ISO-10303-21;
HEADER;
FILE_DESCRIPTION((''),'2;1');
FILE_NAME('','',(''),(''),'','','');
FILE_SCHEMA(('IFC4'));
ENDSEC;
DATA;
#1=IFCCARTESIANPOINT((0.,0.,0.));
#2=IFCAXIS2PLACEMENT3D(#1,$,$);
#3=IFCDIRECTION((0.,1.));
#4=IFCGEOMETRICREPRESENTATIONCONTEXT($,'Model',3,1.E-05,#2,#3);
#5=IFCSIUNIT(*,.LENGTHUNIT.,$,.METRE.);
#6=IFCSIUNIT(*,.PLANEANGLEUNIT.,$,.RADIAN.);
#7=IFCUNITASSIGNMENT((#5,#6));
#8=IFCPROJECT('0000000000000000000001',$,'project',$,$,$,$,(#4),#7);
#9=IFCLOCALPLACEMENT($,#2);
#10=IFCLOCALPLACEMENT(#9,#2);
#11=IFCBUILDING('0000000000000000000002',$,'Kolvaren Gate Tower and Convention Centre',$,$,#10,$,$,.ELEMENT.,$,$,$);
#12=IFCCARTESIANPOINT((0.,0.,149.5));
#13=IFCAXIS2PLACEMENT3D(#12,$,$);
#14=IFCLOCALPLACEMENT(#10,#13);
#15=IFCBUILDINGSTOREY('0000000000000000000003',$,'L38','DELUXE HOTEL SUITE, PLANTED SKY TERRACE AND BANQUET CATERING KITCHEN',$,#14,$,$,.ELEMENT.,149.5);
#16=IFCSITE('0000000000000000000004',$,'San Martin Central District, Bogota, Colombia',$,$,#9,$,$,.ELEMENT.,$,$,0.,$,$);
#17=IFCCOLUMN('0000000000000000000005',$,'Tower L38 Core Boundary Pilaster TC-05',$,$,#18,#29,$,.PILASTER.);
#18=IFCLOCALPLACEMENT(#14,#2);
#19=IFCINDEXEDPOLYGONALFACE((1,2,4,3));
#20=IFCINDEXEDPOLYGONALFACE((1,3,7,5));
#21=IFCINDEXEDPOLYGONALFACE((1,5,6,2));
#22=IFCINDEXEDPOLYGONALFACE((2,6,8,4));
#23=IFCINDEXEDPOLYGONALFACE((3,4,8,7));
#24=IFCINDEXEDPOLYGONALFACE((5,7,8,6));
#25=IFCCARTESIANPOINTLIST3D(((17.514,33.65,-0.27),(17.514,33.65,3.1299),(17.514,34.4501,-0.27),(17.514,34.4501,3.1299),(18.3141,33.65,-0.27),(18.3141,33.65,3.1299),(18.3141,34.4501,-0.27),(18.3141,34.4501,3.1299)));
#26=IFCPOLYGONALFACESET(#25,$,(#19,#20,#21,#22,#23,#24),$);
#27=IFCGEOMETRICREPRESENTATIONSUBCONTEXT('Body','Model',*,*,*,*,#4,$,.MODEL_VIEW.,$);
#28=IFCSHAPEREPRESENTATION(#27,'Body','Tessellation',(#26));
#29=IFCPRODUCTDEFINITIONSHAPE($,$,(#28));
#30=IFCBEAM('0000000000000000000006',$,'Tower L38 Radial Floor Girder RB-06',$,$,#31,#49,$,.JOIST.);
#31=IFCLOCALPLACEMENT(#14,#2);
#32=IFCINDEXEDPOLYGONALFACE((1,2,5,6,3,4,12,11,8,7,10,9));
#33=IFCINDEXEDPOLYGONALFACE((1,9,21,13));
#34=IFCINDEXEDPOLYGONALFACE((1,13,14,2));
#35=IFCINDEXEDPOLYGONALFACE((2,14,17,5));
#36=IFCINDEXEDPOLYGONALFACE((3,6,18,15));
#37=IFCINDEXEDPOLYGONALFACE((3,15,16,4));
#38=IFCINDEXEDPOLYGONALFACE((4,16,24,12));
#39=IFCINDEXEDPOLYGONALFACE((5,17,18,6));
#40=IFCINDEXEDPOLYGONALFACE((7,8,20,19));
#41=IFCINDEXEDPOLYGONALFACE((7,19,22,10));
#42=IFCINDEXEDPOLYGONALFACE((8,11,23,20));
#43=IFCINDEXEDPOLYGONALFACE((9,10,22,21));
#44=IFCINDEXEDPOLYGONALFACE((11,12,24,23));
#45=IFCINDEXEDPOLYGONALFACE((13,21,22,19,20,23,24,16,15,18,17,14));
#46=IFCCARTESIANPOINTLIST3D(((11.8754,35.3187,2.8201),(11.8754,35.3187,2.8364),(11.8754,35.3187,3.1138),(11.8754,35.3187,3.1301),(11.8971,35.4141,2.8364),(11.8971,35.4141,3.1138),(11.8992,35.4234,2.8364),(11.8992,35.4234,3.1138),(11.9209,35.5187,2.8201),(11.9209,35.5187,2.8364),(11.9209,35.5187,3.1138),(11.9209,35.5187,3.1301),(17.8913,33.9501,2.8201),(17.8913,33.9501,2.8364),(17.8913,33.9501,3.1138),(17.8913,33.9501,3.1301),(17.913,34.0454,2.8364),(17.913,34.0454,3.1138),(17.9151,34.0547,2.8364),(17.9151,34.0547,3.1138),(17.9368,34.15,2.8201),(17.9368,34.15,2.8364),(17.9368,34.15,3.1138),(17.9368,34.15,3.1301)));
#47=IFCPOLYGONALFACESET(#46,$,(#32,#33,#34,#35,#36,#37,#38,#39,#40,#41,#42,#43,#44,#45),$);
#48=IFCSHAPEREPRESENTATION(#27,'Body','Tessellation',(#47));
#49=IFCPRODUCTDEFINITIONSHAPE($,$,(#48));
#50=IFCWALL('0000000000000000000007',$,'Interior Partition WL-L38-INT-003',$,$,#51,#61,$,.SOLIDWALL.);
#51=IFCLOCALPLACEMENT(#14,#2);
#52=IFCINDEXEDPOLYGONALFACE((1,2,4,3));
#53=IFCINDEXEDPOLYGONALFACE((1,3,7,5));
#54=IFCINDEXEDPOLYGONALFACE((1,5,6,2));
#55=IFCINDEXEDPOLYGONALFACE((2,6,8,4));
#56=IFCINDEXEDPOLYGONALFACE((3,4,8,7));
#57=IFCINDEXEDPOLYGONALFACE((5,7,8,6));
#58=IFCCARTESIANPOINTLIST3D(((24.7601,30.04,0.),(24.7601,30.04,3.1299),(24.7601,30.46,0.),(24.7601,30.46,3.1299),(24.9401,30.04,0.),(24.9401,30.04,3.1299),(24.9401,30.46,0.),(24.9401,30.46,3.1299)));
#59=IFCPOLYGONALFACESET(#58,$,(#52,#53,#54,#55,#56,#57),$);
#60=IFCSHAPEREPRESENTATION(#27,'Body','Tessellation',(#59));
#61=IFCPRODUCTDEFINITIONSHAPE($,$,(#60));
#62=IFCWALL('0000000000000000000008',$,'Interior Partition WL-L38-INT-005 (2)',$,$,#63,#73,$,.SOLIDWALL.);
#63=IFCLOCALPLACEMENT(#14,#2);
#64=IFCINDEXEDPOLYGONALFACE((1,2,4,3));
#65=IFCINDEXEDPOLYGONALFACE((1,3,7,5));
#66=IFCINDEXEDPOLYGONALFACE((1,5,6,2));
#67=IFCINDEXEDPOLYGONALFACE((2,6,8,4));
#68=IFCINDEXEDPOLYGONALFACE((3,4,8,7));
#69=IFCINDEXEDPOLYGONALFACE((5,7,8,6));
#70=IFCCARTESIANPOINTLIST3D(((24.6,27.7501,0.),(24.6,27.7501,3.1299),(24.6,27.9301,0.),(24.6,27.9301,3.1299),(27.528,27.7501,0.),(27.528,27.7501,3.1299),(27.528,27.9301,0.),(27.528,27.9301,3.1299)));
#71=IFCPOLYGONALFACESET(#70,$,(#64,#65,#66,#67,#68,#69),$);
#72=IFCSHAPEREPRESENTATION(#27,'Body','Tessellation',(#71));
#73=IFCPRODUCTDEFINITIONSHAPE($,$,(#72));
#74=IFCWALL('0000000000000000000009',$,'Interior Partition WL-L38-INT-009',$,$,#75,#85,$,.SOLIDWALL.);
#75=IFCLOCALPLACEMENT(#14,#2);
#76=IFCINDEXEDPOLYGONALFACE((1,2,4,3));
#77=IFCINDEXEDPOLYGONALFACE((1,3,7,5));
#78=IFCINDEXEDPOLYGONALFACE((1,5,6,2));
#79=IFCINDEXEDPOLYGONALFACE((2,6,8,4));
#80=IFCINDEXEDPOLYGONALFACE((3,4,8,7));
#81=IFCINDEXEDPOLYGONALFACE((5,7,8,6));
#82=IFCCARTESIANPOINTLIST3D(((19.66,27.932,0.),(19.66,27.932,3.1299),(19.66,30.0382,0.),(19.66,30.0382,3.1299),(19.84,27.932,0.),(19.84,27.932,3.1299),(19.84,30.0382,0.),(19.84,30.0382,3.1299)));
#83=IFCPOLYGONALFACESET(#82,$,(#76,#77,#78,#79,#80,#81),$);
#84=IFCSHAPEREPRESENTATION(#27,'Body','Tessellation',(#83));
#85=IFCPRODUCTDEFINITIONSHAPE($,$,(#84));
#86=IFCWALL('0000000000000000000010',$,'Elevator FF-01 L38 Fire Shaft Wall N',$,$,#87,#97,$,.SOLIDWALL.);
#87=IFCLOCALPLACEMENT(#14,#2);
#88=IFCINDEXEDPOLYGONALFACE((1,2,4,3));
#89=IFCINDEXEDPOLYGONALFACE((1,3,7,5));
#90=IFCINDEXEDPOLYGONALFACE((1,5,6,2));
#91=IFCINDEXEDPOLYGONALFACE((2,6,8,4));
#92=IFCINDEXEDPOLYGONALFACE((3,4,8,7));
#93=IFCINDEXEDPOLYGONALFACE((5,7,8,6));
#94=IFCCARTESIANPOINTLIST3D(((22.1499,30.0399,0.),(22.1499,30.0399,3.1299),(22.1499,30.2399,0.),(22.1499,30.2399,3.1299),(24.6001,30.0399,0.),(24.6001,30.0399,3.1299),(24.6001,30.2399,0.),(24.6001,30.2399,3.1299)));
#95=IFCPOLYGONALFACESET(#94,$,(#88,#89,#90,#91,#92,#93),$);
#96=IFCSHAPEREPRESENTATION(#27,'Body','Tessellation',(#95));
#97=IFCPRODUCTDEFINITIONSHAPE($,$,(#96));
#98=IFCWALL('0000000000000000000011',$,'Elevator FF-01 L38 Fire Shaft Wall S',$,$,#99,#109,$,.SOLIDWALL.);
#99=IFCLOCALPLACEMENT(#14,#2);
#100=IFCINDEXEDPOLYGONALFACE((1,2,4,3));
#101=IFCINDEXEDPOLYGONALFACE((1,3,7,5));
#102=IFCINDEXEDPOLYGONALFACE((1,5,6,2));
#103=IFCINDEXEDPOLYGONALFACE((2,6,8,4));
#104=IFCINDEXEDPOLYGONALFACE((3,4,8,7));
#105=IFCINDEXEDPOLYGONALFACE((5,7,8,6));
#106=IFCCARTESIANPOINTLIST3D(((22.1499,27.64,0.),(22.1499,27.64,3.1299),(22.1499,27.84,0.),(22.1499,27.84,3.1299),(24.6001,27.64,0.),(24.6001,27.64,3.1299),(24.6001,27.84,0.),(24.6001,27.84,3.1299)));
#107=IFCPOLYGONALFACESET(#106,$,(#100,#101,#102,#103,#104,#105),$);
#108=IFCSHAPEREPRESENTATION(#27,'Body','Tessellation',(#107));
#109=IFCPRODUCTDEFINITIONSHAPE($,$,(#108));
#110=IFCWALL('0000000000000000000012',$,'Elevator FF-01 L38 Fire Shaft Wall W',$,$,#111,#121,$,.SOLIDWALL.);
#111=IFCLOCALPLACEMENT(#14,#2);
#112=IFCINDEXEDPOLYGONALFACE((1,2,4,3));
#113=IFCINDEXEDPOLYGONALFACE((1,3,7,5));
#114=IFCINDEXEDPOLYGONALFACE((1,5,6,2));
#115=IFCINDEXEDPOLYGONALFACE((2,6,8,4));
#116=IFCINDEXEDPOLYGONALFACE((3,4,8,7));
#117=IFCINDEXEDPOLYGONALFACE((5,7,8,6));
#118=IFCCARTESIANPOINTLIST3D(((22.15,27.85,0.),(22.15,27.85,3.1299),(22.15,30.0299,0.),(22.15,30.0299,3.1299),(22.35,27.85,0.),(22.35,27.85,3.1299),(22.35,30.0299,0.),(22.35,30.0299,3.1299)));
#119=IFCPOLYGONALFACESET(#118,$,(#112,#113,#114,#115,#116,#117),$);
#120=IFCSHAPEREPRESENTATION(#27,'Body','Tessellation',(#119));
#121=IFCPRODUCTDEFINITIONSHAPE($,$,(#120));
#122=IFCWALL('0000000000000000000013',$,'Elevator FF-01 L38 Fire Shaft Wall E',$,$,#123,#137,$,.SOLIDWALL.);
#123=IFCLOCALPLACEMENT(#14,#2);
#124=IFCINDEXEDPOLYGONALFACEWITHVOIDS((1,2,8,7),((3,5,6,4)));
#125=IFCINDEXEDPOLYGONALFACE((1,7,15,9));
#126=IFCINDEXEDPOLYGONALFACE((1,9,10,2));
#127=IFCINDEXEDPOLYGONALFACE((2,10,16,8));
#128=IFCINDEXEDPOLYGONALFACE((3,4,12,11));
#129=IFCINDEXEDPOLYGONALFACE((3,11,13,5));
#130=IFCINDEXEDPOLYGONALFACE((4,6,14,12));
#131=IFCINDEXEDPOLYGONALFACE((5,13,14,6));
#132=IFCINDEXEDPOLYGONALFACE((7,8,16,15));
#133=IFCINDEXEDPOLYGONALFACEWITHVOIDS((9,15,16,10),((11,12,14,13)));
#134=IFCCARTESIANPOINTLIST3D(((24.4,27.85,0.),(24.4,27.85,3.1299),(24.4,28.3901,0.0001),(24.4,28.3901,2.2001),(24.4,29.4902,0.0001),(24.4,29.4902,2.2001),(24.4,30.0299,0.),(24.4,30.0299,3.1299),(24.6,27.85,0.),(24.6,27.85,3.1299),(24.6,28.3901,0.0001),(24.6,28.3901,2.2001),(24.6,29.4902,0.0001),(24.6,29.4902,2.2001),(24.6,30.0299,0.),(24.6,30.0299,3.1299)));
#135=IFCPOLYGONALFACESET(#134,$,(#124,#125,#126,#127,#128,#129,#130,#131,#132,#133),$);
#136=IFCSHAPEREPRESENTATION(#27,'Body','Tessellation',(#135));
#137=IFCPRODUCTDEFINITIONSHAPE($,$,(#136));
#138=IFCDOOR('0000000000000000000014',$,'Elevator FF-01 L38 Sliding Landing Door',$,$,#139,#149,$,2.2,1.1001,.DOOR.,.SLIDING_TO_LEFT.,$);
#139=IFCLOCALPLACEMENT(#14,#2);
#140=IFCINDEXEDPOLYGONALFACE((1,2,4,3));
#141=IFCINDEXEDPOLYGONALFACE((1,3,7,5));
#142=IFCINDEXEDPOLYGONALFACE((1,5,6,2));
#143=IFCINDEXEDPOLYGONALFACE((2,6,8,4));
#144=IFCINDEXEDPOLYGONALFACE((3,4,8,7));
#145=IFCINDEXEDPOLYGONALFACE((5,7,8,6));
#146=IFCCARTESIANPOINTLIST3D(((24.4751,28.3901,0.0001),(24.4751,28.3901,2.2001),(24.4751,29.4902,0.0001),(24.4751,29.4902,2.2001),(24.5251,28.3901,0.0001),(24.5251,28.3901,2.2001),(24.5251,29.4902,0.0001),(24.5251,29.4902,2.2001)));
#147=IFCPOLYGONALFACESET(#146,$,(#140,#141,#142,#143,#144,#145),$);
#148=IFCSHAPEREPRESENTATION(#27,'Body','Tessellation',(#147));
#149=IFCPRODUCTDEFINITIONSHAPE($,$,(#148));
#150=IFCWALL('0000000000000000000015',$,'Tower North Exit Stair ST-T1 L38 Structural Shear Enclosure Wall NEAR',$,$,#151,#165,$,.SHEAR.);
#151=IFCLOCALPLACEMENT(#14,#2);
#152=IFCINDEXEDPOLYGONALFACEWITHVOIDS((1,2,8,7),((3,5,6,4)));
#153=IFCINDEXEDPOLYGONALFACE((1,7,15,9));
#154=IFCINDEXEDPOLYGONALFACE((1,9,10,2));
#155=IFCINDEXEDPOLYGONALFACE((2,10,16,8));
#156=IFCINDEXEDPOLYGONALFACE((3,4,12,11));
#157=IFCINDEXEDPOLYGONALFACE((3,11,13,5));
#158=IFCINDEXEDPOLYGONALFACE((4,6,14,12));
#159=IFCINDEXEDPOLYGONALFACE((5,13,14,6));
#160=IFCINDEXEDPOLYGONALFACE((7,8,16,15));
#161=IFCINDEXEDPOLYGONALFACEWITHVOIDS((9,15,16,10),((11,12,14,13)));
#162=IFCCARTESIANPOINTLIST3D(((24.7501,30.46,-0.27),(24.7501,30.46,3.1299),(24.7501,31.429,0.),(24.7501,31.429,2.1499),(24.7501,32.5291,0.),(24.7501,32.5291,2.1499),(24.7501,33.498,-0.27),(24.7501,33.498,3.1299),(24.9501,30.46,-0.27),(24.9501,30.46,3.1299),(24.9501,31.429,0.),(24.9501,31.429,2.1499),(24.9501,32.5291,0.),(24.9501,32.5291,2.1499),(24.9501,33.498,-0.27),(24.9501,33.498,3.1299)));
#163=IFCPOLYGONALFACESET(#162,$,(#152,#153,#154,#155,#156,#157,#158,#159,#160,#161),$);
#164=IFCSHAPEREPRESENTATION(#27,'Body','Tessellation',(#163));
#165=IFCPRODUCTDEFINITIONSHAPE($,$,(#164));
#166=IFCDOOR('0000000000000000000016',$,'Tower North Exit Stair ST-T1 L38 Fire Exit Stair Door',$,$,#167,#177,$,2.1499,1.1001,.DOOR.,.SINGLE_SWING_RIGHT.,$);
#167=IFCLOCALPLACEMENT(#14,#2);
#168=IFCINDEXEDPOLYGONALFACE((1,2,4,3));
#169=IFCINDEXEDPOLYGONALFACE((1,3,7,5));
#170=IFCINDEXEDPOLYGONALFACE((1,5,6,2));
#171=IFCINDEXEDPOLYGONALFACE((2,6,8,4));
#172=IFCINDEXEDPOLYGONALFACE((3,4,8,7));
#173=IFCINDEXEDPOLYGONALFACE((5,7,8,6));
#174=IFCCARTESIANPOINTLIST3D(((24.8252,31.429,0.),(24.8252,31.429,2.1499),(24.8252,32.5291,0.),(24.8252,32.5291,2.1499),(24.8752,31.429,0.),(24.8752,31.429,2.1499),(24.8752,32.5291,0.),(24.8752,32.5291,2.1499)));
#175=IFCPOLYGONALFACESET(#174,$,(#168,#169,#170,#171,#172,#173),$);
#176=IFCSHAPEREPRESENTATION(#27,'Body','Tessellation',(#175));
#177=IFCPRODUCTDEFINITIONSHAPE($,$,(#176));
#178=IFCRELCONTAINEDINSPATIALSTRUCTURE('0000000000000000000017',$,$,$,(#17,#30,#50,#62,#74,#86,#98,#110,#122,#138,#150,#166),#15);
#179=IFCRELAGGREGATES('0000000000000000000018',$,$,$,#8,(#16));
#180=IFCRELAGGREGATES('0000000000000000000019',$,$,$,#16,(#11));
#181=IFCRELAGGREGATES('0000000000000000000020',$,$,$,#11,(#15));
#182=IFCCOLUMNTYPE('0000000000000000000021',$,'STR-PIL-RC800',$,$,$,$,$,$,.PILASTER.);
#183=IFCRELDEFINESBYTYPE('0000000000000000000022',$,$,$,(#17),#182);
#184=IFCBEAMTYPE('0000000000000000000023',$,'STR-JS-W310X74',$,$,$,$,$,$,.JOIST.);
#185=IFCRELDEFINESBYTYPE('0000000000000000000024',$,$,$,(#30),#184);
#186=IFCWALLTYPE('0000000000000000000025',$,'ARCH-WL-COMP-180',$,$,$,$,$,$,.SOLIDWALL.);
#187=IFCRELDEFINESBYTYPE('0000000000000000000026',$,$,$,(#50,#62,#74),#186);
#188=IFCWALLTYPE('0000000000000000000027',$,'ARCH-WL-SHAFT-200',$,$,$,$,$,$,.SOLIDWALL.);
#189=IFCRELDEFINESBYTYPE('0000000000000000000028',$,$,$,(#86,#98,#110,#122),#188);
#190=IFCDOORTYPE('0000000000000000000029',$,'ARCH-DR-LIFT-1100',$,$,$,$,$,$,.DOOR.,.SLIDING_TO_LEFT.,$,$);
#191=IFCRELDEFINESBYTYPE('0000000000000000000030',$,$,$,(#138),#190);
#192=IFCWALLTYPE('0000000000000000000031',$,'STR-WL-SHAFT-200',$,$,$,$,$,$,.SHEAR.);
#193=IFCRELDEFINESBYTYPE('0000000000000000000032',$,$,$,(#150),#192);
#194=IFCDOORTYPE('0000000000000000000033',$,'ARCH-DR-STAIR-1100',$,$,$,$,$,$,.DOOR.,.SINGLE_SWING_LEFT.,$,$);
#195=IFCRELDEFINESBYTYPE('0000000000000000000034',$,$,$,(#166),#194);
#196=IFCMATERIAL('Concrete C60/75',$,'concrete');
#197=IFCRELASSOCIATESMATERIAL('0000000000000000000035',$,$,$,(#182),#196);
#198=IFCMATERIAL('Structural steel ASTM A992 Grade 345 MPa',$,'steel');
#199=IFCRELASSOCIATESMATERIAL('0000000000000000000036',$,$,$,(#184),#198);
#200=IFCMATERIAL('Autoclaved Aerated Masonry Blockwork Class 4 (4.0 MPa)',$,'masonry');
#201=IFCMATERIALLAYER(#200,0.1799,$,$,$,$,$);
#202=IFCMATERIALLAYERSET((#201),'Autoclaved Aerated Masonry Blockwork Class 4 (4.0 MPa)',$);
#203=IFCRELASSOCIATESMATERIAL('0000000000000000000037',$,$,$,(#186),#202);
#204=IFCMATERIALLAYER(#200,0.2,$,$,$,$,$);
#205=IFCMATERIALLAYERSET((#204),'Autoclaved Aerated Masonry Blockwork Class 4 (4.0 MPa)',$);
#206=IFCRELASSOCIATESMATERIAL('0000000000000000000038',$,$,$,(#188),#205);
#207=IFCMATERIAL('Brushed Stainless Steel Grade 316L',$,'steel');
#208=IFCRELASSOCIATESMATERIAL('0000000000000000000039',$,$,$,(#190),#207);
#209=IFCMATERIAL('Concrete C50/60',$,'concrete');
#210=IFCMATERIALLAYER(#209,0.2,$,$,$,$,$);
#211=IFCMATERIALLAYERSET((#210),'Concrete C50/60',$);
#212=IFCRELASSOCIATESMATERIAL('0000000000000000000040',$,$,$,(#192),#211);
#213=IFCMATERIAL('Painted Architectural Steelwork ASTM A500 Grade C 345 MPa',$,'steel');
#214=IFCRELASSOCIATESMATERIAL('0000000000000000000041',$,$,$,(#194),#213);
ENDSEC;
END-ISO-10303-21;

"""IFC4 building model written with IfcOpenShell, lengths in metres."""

from ifc_helpers import new_model, si_unit, direction, frame, frame_2d, origin, origin_2d, place, context, subcontext, project, spatial, rectangle, i_section, extrude, material, layer, layer_set, material_profile, profile_set, type_object, element, fill, save


model = new_model("IFC4")

# Units and contexts
model_context = context("Model", 3, precision=1e-05, world=origin(), true_north=direction((0.0, 1.0)))
body_context = subcontext(model_context, "Body", "Model", "MODEL_VIEW")
ifc_project = project(units=[si_unit("LENGTHUNIT", "METRE"), si_unit("PLANEANGLEUNIT", "RADIAN")], contexts=[model_context])

# Site, building, storey
site_placement = place(None, origin())
site = spatial("IfcSite", under=ifc_project, at=site_placement, Name="San Martin Central District, Bogota, Colombia", CompositionType="ELEMENT", RefElevation=0.0)
building_placement = place(site_placement, origin())
building = spatial("IfcBuilding", under=site, at=building_placement, Name="Kolvaren Gate Tower and Convention Centre", CompositionType="ELEMENT")
storey_placement = place(building_placement, frame((0.0, 0.0, 149.5)))
storey = spatial("IfcBuildingStorey", under=building, at=storey_placement, Name="L38", Description="DELUXE HOTEL SUITE, PLANTED SKY TERRACE AND BANQUET CATERING KITCHEN", CompositionType="ELEMENT", Elevation=149.5)

# Column
ifc_material_1 = material(Name="Concrete C60/75", Category="concrete")
ifc_material_profile_1 = material_profile(ifc_material_1, rectangle(XDim=0.8, YDim=0.8, at=origin_2d()), Name="RC-COL-800X800")
ifc_profile_set_1 = profile_set([ifc_material_profile_1], Name="Concrete C60/75")
column_type = type_object("IfcColumnType", Name="STR-PIL-RC800", PredefinedType="PILASTER", material=ifc_profile_set_1)
column_placement = place(storey_placement, frame((17.9141, 34.05, -0.27), z_axis=(0.0, 0.0, 1.0), x_axis=(1.0, 0.0, 0.0)))
element("IfcColumn", 1, at=column_placement, inside=storey, type_object=column_type, Name="Tower L38 Core Boundary Pilaster TC-05", PredefinedType="PILASTER", context=body_context, shape_type="SweptSolid", body=[
    extrude(rectangle(XDim=0.8, YDim=0.8, at=origin_2d()), origin(), (0.0, 0.0, 1.0), 3.3999),
])

# Beam
ifc_material_2 = material(Name="Structural steel ASTM A992 Grade 345 MPa", Category="steel")
ifc_material_profile_2 = material_profile(ifc_material_2, i_section(OverallWidth=0.2051, OverallDepth=0.3101, WebThickness=0.0095, FlangeThickness=0.0164, at=origin_2d()), Name="W310X74")
ifc_profile_set_2 = profile_set([ifc_material_profile_2], Name="Structural steel ASTM A992 Grade 345 MPa")
beam_type = type_object("IfcBeamType", Name="STR-JS-W310X74", PredefinedType="JOIST", material=ifc_profile_set_2)
beam_placement = place(storey_placement, frame((17.9141, 34.05, 2.9751), z_axis=(-0.975083, 0.221838, 0.0), x_axis=(-0.221838, -0.975083, 0.0)))
element("IfcBeam", 2, at=beam_placement, inside=storey, type_object=beam_type, Name="Tower L38 Radial Floor Girder RB-06", PredefinedType="JOIST", context=body_context, shape_type="SweptSolid", body=[
    extrude(i_section(OverallWidth=0.2051, OverallDepth=0.3101, WebThickness=0.0095, FlangeThickness=0.0164, at=origin_2d()), origin(), (0.0, 0.0, 1.0), 6.1697),
])

# Walls
ifc_material_3 = material(Name="Autoclaved Aerated Masonry Blockwork Class 4 (4.0 MPa)", Category="masonry")
ifc_layer_1 = layer(ifc_material_3, 0.1799)
ifc_layer_set_1 = layer_set([ifc_layer_1], Name="Autoclaved Aerated Masonry Blockwork Class 4 (4.0 MPa)")
wall_type_1 = type_object("IfcWallType", Name="ARCH-WL-COMP-180", PredefinedType="SOLIDWALL", material=ifc_layer_set_1)
wall_1_placement = place(storey_placement, frame((24.8501, 30.04, 0.0), z_axis=(0.0, 0.0, 1.0), x_axis=(0.0, 1.0, 0.0)))
element("IfcWall", 3, at=wall_1_placement, inside=storey, type_object=wall_type_1, Name="Interior Partition WL-L38-INT-003", PredefinedType="SOLIDWALL", context=body_context, shape_type="SweptSolid", body=[
    extrude(rectangle(XDim=0.4199, YDim=0.1799, at=frame_2d((0.21, 0.0))), origin(), (0.0, 0.0, 1.0), 3.1299),
])
wall_2_placement = place(storey_placement, frame((24.6001, 27.8401, 0.0), z_axis=(0.0, 0.0, 1.0), x_axis=(1.0, 0.0, 0.0)))
element("IfcWall", 4, at=wall_2_placement, inside=storey, type_object=wall_type_1, Name="Interior Partition WL-L38-INT-005 (2)", PredefinedType="SOLIDWALL", context=body_context, shape_type="SweptSolid", body=[
    extrude(rectangle(XDim=2.928, YDim=0.1799, at=frame_2d((1.4639, 0.0))), origin(), (0.0, 0.0, 1.0), 3.1299),
])
wall_3_placement = place(storey_placement, frame((19.75, 27.9319, 0.0), z_axis=(0.0, 0.0, 1.0), x_axis=(0.0, 1.0, 0.0)))
element("IfcWall", 5, at=wall_3_placement, inside=storey, type_object=wall_type_1, Name="Interior Partition WL-L38-INT-009", PredefinedType="SOLIDWALL", context=body_context, shape_type="SweptSolid", body=[
    extrude(rectangle(XDim=2.1062, YDim=0.1799, at=frame_2d((1.0532, 0.0))), origin(), (0.0, 0.0, 1.0), 3.1299),
])
ifc_layer_2 = layer(ifc_material_3, 0.2)
ifc_layer_set_2 = layer_set([ifc_layer_2], Name="Autoclaved Aerated Masonry Blockwork Class 4 (4.0 MPa)")
wall_type_2 = type_object("IfcWallType", Name="ARCH-WL-SHAFT-200", PredefinedType="SOLIDWALL", material=ifc_layer_set_2)
for number, where, z_axis, x_axis, name in (
    (6, (22.1499, 30.1399, 0.0), (0.0, 0.0, 1.0), (1.0, 0.0, 0.0), "Elevator FF-01 L38 Fire Shaft Wall N"),
    (7, (22.1499, 27.74, 0.0), (0.0, 0.0, 1.0), (1.0, 0.0, 0.0), "Elevator FF-01 L38 Fire Shaft Wall S"),
):
    element("IfcWall", number, at=place(storey_placement, frame(where, z_axis=z_axis, x_axis=x_axis)), inside=storey, type_object=wall_type_2, Name=name, PredefinedType="SOLIDWALL", context=body_context, shape_type="SweptSolid", body=[
        extrude(rectangle(XDim=2.4502, YDim=0.2, at=frame_2d((1.2251, 0.0))), origin(), (0.0, 0.0, 1.0), 3.1299),
    ])
wall_4_placement = place(storey_placement, frame((22.25, 27.8501, 0.0), z_axis=(0.0, 0.0, 1.0), x_axis=(0.0, 1.0, 0.0)))
element("IfcWall", 8, at=wall_4_placement, inside=storey, type_object=wall_type_2, Name="Elevator FF-01 L38 Fire Shaft Wall W", PredefinedType="SOLIDWALL", context=body_context, shape_type="SweptSolid", body=[
    extrude(rectangle(XDim=2.1799, YDim=0.2, at=frame_2d((1.0898, 0.0))), origin(), (0.0, 0.0, 1.0), 3.1299),
])

# Walls, openings, doors
wall_5_placement = place(storey_placement, frame((24.5, 27.8501, 0.0), z_axis=(0.0, 0.0, 1.0), x_axis=(0.0, 1.0, 0.0)))
wall_5 = element("IfcWall", 9, at=wall_5_placement, inside=storey, type_object=wall_type_2, Name="Elevator FF-01 L38 Fire Shaft Wall E", PredefinedType="SOLIDWALL", context=body_context, shape_type="SweptSolid", body=[
    extrude(rectangle(XDim=2.1799, YDim=0.2, at=frame_2d((1.0898, 0.0))), origin(), (0.0, 0.0, 1.0), 3.1299),
])
opening_1_placement = place(wall_5_placement, frame((0.54, 0.0, 0.0)))
opening_1 = element("IfcOpeningElement", 10, at=opening_1_placement, cuts=wall_5, PredefinedType="OPENING", context=body_context, shape_type="SweptSolid", body=[
    extrude(rectangle(XDim=1.1001, YDim=2.2, at=frame_2d((0.55, 1.1001))), frame((0.0, 0.1099, 0.0), z_axis=(0.0, -1.0, 0.0), x_axis=(1.0, 0.0, 0.0)), (0.0, 0.0, 1.0), 0.22),
])
ifc_material_4 = material(Name="Brushed Stainless Steel Grade 316L", Category="steel")
door_type_1 = type_object("IfcDoorType", Name="ARCH-DR-LIFT-1100", OperationType="SLIDING_TO_LEFT", PredefinedType="DOOR", material=ifc_material_4)
door_1_placement = place(opening_1_placement, origin())
door_1 = element("IfcDoor", 11, at=door_1_placement, inside=storey, type_object=door_type_1, Name="Elevator FF-01 L38 Sliding Landing Door", OperationType="SLIDING_TO_LEFT", OverallHeight=2.2, OverallWidth=1.1001, PredefinedType="DOOR", context=body_context, shape_type="SweptSolid", body=[
    extrude(rectangle(XDim=1.1001, YDim=2.2, at=frame_2d((0.55, 1.1001))), frame((0.0, 0.0249, 0.0), z_axis=(0.0, -1.0, 0.0), x_axis=(1.0, 0.0, 0.0)), (0.0, 0.0, 1.0), 0.05),
])
fill(opening_1, door_1)
ifc_material_5 = material(Name="Concrete C50/60", Category="concrete")
ifc_layer_3 = layer(ifc_material_5, 0.2)
ifc_layer_set_3 = layer_set([ifc_layer_3], Name="Concrete C50/60")
wall_type_3 = type_object("IfcWallType", Name="STR-WL-SHAFT-200", PredefinedType="SHEAR", material=ifc_layer_set_3)
wall_6_placement = place(storey_placement, frame((24.8501, 30.46, -0.27), z_axis=(0.0, 0.0, 1.0), x_axis=(0.0, 1.0, 0.0)))
wall_6 = element("IfcWall", 12, at=wall_6_placement, inside=storey, type_object=wall_type_3, Name="Tower North Exit Stair ST-T1 L38 Structural Shear Enclosure Wall NEAR", PredefinedType="SHEAR", context=body_context, shape_type="SweptSolid", body=[
    extrude(rectangle(XDim=3.0381, YDim=0.2, at=frame_2d((1.519, 0.0))), origin(), (0.0, 0.0, 1.0), 3.3999),
])
opening_2_placement = place(wall_6_placement, frame((0.969, 0.0, 0.27)))
opening_2 = element("IfcOpeningElement", 13, at=opening_2_placement, cuts=wall_6, PredefinedType="OPENING", context=body_context, shape_type="SweptSolid", body=[
    extrude(rectangle(XDim=1.1001, YDim=2.1499, at=frame_2d((0.55, 1.075))), frame((0.0, 0.1099, 0.0), z_axis=(0.0, -1.0, 0.0), x_axis=(1.0, 0.0, 0.0)), (0.0, 0.0, 1.0), 0.22),
])
ifc_material_6 = material(Name="Painted Architectural Steelwork ASTM A500 Grade C 345 MPa", Category="steel")
door_type_2 = type_object("IfcDoorType", Name="ARCH-DR-STAIR-1100", OperationType="SINGLE_SWING_LEFT", PredefinedType="DOOR", material=ifc_material_6)
door_2_placement = place(opening_2_placement, origin())
door_2 = element("IfcDoor", 14, at=door_2_placement, inside=storey, type_object=door_type_2, Name="Tower North Exit Stair ST-T1 L38 Fire Exit Stair Door", OperationType="SINGLE_SWING_RIGHT", OverallHeight=2.1499, OverallWidth=1.1001, PredefinedType="DOOR", context=body_context, shape_type="SweptSolid", body=[
    extrude(rectangle(XDim=1.1001, YDim=2.1499, at=frame_2d((0.55, 1.075))), frame((0.0, 0.0249, 0.0), z_axis=(0.0, -1.0, 0.0), x_axis=(1.0, 0.0, 0.0)), (0.0, 0.0, 1.0), 0.05),
])
fill(opening_2, door_2)

save(model, "model.ifc")
